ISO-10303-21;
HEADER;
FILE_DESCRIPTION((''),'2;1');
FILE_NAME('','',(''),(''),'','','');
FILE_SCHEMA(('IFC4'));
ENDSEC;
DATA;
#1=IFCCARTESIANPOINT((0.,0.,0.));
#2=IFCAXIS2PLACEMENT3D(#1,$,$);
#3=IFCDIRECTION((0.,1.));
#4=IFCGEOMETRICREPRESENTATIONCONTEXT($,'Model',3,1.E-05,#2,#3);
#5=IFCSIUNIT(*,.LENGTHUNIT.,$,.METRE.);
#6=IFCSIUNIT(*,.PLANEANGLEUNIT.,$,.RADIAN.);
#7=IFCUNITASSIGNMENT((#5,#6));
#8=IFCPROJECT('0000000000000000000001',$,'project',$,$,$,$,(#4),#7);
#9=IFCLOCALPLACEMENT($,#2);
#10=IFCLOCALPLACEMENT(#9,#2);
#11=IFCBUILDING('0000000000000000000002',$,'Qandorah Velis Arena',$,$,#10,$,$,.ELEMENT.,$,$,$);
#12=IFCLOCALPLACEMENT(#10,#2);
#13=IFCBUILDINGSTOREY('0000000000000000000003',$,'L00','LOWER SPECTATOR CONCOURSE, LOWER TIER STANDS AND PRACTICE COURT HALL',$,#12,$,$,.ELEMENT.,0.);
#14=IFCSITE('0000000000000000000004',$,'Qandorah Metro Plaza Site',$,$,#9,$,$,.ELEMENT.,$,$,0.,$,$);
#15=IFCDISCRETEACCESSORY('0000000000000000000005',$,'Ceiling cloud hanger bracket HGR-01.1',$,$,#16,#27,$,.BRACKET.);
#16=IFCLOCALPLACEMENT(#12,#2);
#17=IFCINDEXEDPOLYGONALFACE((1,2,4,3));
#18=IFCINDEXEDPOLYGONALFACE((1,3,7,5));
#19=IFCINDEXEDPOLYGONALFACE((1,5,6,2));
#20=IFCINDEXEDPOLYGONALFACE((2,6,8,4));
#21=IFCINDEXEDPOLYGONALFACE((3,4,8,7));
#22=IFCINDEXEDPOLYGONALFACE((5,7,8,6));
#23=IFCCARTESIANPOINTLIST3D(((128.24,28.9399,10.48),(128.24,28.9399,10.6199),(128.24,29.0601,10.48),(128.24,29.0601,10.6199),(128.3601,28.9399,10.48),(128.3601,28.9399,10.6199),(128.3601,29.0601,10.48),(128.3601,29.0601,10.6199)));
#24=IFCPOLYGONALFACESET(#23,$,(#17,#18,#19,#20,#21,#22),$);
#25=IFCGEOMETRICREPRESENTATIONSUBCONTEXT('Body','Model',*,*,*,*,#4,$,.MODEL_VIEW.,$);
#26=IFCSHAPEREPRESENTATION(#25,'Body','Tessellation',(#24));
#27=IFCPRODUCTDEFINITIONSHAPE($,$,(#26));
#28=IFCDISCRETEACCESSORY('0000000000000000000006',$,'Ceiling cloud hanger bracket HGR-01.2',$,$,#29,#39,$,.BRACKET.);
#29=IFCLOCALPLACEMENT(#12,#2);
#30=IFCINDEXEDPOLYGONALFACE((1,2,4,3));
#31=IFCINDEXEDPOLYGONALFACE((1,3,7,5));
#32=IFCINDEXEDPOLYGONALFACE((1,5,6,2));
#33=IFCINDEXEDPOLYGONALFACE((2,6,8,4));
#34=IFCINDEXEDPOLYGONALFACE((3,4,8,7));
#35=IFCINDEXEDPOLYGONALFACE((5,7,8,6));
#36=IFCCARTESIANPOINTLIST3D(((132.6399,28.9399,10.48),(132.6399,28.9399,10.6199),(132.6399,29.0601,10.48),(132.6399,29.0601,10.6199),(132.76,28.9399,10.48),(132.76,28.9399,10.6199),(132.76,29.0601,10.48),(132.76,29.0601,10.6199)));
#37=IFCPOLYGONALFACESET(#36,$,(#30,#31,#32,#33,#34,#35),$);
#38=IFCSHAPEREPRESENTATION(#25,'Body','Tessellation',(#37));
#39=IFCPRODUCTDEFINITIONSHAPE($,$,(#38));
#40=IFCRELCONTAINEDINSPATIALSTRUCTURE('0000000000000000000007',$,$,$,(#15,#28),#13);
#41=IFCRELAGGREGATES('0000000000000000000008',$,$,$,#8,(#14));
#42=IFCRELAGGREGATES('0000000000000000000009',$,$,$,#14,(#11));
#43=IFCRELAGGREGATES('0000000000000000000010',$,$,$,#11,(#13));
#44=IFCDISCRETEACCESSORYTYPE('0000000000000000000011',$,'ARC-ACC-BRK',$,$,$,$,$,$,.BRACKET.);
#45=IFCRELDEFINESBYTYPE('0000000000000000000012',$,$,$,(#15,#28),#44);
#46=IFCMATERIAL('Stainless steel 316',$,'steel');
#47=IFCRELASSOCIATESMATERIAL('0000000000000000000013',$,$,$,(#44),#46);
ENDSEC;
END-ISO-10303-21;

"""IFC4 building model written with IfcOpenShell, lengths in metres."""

from ifc_helpers import new_model, si_unit, direction, frame, origin, origin_2d, place, context, subcontext, project, spatial, rectangle, extrude, material, type_object, element, save


model = new_model("IFC4")

# Units and contexts
model_context = context("Model", 3, precision=1e-05, world=origin(), true_north=direction((0.0, 1.0)))
body_context = subcontext(model_context, "Body", "Model", "MODEL_VIEW")
ifc_project = project(units=[si_unit("LENGTHUNIT", "METRE"), si_unit("PLANEANGLEUNIT", "RADIAN")], contexts=[model_context])

# Site, building, storey
site_placement = place(None, origin())
site = spatial("IfcSite", under=ifc_project, at=site_placement, Name="Qandorah Metro Plaza Site", CompositionType="ELEMENT", RefElevation=0.0)
building_placement = place(site_placement, origin())
building = spatial("IfcBuilding", under=site, at=building_placement, Name="Qandorah Velis Arena", CompositionType="ELEMENT")
storey_placement = place(building_placement, origin())
storey = spatial("IfcBuildingStorey", under=building, at=storey_placement, Name="L00", Description="LOWER SPECTATOR CONCOURSE, LOWER TIER STANDS AND PRACTICE COURT HALL", CompositionType="ELEMENT", Elevation=0.0)

# Shared definitions
ifc_material_1 = material(Name="Stainless steel 316", Category="steel")

# Discrete accessories
discrete_accessory_type = type_object("IfcDiscreteAccessoryType", Name="ARC-ACC-BRK", PredefinedType="BRACKET", material=ifc_material_1)
for number, where, z_axis, x_axis, name in (
    (1, (128.3, 29.0, 10.48), (0.0, 0.0, 1.0), (1.0, 0.0, 0.0), "Ceiling cloud hanger bracket HGR-01.1"),
    (2, (132.7, 29.0, 10.48), (0.0, 0.0, 1.0), (1.0, 0.0, 0.0), "Ceiling cloud hanger bracket HGR-01.2"),
):
    element("IfcDiscreteAccessory", number, at=place(storey_placement, frame(where, z_axis=z_axis, x_axis=x_axis)), inside=storey, type_object=discrete_accessory_type, Name=name, PredefinedType="BRACKET", context=body_context, shape_type="SweptSolid", body=[
        extrude(rectangle(XDim=0.1201, YDim=0.1201, at=origin_2d()), origin(), (0.0, 0.0, 1.0), 0.1399),
    ])

save(model, "model.ifc")
